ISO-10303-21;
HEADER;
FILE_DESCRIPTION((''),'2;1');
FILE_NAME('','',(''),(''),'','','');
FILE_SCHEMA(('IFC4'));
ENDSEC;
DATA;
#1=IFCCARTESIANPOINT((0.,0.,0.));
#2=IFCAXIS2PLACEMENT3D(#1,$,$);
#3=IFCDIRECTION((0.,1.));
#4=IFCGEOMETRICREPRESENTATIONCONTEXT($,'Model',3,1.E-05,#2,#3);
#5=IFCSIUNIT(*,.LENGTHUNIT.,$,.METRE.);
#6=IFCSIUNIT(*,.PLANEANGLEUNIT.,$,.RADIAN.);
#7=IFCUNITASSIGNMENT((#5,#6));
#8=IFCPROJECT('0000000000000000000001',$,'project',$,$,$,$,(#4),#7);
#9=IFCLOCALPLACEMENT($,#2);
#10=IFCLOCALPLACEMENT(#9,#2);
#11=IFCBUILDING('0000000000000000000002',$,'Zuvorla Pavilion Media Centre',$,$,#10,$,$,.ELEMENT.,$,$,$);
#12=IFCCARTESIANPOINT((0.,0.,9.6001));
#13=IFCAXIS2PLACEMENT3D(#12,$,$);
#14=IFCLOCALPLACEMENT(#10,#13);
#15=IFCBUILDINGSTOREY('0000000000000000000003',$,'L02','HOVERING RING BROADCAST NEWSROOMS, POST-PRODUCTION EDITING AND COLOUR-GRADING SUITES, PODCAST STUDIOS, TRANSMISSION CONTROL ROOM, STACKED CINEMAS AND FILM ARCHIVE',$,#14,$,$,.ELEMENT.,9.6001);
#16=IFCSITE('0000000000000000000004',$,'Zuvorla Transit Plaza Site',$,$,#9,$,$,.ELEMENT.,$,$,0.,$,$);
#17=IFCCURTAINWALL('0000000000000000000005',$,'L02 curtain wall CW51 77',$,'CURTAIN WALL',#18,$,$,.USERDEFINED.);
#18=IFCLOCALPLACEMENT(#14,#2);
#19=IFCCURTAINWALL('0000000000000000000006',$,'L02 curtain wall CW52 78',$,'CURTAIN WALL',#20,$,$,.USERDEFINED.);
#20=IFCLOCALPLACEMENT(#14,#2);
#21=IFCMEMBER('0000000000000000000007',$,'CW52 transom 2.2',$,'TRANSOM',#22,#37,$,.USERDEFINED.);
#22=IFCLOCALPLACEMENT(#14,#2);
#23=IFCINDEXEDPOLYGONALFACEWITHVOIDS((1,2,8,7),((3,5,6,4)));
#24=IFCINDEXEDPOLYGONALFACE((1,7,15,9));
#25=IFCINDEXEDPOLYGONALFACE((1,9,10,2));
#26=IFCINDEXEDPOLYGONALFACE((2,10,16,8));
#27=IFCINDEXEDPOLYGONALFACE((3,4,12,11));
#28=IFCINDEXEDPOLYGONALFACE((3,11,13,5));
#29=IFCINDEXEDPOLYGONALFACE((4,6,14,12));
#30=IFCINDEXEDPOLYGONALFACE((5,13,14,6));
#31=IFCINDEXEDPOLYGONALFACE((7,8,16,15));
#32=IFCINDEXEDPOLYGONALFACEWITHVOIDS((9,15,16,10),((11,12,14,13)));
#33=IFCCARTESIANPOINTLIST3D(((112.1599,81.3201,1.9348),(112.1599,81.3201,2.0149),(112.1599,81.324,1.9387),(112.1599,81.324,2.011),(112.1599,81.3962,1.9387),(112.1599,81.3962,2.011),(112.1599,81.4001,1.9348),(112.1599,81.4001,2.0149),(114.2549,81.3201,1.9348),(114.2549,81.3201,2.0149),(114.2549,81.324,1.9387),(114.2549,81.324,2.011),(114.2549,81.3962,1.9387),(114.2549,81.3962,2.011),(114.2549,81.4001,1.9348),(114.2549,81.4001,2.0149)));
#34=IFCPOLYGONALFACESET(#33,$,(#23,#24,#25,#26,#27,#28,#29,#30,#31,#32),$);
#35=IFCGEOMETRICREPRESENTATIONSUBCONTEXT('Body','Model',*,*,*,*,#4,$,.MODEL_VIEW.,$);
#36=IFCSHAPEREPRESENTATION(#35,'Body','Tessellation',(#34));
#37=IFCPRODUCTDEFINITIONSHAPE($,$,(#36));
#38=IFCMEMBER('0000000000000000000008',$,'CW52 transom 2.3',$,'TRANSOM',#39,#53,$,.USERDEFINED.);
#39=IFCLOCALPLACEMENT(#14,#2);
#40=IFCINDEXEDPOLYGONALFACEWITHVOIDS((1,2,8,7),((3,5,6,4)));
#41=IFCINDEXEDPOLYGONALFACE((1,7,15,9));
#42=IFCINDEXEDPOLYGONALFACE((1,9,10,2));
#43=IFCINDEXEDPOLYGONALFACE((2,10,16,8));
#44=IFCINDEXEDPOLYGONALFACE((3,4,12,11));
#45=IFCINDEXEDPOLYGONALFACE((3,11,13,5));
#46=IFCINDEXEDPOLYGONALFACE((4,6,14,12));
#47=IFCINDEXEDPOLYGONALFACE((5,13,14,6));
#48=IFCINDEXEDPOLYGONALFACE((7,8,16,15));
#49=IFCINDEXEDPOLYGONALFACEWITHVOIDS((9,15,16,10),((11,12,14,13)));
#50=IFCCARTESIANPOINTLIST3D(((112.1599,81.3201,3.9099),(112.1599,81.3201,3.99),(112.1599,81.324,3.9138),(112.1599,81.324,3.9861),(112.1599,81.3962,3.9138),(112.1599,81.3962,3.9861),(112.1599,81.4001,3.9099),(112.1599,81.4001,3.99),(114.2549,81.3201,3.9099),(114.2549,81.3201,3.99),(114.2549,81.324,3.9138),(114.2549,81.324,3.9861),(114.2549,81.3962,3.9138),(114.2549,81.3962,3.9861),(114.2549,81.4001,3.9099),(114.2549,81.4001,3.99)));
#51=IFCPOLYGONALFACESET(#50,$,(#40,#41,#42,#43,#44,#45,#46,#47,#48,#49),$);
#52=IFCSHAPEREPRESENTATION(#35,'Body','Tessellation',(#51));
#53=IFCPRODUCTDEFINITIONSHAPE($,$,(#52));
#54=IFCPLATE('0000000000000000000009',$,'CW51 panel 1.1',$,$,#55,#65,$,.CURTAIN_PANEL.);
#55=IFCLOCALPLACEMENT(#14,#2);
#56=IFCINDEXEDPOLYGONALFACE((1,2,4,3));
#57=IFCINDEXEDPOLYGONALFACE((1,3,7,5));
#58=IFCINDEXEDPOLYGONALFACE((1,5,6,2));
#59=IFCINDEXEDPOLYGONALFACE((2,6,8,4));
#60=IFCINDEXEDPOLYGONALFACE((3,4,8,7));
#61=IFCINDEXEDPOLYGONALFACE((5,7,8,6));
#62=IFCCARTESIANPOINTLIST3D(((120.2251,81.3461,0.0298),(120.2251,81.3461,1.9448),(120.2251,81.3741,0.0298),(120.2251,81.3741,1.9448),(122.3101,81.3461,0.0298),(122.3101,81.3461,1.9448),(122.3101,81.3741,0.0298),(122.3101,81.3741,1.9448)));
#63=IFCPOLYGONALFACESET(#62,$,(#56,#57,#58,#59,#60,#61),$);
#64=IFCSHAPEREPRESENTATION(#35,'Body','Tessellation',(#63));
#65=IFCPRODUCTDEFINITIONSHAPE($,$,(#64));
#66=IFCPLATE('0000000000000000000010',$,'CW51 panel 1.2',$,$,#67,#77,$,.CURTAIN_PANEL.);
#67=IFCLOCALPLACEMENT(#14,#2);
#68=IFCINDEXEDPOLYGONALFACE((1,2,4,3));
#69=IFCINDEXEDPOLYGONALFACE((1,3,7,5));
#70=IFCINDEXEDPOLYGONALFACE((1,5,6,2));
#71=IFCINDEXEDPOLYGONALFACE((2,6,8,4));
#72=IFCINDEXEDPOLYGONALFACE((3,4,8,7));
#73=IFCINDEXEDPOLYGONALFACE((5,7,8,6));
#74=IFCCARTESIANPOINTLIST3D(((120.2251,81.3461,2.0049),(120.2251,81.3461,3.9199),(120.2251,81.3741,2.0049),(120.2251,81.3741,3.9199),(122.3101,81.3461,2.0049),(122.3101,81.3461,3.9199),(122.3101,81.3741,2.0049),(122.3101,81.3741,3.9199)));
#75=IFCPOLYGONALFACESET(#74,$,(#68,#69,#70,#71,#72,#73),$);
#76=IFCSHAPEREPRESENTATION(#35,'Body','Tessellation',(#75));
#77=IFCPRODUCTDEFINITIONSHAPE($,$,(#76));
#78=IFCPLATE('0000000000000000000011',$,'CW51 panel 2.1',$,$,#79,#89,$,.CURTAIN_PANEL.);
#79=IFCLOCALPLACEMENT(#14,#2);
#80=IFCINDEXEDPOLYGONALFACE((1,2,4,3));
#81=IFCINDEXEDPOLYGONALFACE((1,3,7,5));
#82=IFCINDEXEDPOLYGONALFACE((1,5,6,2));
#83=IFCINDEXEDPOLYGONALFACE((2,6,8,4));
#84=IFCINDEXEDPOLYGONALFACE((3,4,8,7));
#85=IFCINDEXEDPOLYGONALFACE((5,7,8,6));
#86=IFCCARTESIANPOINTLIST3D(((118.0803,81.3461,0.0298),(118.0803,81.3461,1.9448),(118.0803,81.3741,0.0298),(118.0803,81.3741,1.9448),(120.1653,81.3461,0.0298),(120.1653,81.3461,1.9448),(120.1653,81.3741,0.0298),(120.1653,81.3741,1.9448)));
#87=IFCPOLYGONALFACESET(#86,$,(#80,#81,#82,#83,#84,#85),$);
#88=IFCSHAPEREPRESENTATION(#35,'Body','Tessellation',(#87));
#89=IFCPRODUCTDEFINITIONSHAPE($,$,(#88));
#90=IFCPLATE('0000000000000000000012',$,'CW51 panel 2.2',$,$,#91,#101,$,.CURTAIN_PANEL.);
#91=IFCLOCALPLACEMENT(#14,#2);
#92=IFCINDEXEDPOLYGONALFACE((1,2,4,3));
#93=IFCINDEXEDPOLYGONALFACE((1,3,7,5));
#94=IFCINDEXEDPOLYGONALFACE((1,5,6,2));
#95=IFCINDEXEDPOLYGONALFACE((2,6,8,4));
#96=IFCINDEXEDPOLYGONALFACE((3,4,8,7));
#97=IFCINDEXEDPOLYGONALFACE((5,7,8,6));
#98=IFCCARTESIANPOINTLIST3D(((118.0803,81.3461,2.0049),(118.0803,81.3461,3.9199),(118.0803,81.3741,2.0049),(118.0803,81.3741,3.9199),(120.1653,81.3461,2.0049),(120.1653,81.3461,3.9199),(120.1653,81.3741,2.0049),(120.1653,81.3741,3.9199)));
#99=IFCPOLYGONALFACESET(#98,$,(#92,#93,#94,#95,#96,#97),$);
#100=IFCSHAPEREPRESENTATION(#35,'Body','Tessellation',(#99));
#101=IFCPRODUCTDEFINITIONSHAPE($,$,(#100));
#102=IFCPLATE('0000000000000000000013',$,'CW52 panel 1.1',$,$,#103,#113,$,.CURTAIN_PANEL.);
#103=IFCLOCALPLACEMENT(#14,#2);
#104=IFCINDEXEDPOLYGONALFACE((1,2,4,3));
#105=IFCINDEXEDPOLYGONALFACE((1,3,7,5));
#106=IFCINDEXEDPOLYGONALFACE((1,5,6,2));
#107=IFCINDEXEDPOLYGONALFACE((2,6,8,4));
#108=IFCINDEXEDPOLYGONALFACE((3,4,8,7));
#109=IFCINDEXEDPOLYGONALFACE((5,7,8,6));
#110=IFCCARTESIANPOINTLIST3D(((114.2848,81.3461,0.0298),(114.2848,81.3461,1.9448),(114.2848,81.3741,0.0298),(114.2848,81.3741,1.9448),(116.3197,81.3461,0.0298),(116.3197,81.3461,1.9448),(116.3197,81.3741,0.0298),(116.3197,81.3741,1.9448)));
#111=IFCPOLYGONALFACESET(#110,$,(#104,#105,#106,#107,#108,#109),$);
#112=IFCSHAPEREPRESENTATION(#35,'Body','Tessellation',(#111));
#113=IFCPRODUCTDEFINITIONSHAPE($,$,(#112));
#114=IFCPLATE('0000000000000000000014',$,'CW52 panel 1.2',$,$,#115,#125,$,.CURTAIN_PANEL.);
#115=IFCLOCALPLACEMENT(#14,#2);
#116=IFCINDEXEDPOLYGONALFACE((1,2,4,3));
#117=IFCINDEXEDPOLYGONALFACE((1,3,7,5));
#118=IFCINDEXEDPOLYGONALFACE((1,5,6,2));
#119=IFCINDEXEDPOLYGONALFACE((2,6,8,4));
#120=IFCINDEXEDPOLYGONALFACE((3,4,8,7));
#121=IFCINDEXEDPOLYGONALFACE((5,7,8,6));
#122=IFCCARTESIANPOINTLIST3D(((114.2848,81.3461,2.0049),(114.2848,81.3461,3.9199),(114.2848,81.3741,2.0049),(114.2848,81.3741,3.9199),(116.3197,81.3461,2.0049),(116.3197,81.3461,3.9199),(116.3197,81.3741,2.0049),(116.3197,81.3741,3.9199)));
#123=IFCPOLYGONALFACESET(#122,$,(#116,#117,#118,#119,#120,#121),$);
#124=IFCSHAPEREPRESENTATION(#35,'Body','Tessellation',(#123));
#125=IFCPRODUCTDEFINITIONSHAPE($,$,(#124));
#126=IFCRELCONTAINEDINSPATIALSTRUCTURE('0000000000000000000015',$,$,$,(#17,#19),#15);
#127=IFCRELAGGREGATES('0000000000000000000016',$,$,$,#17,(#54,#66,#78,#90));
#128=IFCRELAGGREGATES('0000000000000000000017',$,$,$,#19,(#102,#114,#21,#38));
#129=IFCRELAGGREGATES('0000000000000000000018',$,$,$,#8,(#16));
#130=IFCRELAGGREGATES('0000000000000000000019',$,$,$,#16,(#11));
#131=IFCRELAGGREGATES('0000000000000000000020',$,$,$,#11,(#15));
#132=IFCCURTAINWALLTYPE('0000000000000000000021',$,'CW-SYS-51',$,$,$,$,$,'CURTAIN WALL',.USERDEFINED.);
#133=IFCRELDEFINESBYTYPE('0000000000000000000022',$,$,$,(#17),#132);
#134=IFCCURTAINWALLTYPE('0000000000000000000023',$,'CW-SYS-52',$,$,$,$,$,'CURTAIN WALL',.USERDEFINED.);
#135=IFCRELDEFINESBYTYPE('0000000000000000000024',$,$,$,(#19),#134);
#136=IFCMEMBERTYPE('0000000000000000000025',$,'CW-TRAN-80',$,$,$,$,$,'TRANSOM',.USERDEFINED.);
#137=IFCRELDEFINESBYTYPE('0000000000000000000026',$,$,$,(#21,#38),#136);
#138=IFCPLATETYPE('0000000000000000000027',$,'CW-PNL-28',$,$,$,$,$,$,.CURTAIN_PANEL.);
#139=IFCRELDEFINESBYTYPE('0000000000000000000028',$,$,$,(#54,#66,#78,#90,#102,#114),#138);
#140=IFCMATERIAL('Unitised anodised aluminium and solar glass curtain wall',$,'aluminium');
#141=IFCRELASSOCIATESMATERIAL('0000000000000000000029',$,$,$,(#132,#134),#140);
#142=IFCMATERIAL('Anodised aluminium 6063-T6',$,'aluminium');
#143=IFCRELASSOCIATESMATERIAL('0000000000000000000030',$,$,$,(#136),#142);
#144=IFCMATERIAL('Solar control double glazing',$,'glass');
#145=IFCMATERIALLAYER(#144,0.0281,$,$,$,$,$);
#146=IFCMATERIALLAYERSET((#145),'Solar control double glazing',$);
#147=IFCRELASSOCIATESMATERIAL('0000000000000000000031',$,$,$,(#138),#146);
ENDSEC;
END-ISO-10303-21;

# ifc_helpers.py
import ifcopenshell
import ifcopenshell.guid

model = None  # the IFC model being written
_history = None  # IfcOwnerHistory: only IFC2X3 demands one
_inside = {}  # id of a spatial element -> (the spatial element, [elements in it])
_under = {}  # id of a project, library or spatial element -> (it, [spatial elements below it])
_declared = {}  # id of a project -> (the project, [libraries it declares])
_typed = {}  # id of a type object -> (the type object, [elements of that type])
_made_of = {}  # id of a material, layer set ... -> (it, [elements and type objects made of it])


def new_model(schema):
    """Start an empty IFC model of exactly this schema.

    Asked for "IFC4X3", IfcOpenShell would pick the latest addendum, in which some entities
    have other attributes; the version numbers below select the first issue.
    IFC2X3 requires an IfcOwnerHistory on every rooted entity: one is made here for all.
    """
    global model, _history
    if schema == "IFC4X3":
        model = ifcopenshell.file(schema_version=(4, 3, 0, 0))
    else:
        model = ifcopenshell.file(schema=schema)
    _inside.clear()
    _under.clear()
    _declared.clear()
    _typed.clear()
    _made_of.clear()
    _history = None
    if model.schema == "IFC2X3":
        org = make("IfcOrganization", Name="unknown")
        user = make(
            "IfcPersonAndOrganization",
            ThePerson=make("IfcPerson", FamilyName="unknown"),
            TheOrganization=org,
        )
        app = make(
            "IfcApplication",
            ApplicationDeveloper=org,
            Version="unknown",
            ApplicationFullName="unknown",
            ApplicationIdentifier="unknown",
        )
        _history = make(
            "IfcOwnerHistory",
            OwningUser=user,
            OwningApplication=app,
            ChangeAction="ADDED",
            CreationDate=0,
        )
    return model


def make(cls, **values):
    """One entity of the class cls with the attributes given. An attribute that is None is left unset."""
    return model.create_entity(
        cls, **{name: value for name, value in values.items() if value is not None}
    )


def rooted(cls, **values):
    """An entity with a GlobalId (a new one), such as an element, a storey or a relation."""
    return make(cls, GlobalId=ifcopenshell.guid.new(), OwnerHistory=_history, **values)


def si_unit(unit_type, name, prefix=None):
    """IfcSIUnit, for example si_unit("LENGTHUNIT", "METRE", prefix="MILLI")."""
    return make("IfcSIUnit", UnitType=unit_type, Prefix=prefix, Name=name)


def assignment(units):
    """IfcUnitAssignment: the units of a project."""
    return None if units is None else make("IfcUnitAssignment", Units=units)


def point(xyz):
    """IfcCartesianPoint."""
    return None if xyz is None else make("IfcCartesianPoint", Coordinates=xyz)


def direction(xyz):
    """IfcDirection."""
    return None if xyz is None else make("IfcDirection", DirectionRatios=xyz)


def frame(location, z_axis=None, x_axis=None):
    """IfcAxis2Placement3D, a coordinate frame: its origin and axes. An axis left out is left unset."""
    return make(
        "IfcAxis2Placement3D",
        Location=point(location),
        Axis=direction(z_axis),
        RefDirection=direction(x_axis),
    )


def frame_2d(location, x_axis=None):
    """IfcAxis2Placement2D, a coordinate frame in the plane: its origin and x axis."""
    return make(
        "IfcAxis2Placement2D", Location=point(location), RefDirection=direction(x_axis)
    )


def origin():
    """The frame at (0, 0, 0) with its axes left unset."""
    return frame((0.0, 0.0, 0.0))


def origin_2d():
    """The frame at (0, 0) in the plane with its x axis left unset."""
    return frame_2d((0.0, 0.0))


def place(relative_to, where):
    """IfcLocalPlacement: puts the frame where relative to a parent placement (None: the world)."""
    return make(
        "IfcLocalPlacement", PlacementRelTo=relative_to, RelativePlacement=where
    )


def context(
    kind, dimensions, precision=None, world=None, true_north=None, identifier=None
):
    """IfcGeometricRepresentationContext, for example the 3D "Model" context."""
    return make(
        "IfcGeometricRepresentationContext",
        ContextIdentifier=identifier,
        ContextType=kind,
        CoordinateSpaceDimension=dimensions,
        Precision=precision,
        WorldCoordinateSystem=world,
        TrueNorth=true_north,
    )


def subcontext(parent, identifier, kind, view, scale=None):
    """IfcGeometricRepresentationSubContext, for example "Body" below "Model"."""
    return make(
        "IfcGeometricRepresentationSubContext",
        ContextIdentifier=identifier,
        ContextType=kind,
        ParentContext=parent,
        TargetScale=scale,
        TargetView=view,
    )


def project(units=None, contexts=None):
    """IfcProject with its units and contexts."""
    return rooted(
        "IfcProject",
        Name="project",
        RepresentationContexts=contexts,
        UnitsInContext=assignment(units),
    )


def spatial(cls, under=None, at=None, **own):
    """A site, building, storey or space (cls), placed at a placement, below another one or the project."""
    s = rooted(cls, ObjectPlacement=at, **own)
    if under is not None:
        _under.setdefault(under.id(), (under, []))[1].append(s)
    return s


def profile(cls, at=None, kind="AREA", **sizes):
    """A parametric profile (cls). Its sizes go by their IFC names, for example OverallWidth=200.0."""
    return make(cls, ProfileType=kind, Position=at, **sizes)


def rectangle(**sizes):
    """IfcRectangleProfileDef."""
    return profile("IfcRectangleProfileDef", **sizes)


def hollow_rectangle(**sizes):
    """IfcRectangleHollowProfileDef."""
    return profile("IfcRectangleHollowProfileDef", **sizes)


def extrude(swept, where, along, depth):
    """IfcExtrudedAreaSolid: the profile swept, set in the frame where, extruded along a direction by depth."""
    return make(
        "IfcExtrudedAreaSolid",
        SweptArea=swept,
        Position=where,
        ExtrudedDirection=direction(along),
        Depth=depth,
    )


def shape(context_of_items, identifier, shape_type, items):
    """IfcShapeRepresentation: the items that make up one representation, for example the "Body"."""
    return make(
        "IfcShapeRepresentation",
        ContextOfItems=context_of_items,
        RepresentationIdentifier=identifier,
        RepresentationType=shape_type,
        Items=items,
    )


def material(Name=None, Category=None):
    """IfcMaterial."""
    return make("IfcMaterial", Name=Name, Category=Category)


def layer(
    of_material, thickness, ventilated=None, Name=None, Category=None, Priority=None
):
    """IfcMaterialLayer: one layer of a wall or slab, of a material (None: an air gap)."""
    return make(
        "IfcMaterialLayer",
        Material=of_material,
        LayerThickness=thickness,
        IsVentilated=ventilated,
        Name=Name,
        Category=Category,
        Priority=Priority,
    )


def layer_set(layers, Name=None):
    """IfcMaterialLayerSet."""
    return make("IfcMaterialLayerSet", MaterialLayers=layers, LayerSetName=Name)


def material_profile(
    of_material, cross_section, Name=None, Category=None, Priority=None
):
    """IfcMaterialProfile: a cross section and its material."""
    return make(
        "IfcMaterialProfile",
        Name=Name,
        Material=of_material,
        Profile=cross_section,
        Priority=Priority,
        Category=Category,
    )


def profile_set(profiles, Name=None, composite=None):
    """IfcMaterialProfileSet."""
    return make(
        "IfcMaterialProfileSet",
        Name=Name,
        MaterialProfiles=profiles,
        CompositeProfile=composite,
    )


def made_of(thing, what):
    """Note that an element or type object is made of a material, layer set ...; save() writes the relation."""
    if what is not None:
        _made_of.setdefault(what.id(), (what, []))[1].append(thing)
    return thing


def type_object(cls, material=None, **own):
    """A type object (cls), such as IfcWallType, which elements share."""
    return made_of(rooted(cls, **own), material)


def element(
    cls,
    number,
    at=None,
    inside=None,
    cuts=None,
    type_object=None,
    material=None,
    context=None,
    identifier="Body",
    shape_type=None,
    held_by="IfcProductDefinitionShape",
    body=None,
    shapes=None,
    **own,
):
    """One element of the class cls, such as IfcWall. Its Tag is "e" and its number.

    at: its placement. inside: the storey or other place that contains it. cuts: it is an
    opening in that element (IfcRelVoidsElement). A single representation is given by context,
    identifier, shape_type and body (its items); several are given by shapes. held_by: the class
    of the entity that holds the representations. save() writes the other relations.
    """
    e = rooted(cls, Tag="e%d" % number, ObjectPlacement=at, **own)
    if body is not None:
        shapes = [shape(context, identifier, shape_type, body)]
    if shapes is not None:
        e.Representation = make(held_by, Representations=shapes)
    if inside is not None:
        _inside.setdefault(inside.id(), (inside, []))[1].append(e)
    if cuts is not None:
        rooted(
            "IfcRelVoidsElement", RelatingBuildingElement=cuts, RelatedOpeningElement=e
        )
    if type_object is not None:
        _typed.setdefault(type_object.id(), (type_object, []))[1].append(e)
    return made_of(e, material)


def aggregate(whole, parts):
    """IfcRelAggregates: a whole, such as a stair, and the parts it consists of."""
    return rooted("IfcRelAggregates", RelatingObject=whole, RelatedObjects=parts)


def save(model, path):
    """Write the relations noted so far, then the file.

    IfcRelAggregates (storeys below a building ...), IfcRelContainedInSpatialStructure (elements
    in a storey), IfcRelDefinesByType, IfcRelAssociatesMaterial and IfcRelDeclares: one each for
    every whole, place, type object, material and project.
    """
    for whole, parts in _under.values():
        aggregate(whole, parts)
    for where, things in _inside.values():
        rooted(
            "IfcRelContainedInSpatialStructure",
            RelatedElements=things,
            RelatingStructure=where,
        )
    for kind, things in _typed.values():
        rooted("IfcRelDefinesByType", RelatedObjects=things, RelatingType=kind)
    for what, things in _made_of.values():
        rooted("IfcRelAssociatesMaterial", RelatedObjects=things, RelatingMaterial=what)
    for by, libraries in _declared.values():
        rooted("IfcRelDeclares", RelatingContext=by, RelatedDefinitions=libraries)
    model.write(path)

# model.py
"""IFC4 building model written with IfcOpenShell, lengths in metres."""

from ifc_helpers import new_model, si_unit, direction, frame, origin, origin_2d, place, context, subcontext, project, spatial, rectangle, hollow_rectangle, extrude, material, layer, layer_set, material_profile, profile_set, type_object, element, aggregate, save


model = new_model("IFC4")

# Units and contexts
model_context = context("Model", 3, precision=1e-05, world=origin(), true_north=direction((0.0, 1.0)))
body_context = subcontext(model_context, "Body", "Model", "MODEL_VIEW")
ifc_project = project(units=[si_unit("LENGTHUNIT", "METRE"), si_unit("PLANEANGLEUNIT", "RADIAN")], contexts=[model_context])

# Site, building, storey
site_placement = place(None, origin())
site = spatial("IfcSite", under=ifc_project, at=site_placement, Name="Zuvorla Transit Plaza Site", CompositionType="ELEMENT", RefElevation=0.0)
building_placement = place(site_placement, origin())
building = spatial("IfcBuilding", under=site, at=building_placement, Name="Zuvorla Pavilion Media Centre", CompositionType="ELEMENT")
storey_placement = place(building_placement, frame((0.0, 0.0, 9.6001)))
storey = spatial("IfcBuildingStorey", under=building, at=storey_placement, Name="L02", Description="HOVERING RING BROADCAST NEWSROOMS, POST-PRODUCTION EDITING AND COLOUR-GRADING SUITES, PODCAST STUDIOS, TRANSMISSION CONTROL ROOM, STACKED CINEMAS AND FILM ARCHIVE", CompositionType="ELEMENT", Elevation=9.6001)

# Curtain walls
ifc_material_1 = material(Name="Unitised anodised aluminium and solar glass curtain wall", Category="aluminium")
curtain_wall_type_1 = type_object("IfcCurtainWallType", Name="CW-SYS-51", ElementType="CURTAIN WALL", PredefinedType="USERDEFINED", material=ifc_material_1)
curtain_wall_1_placement = place(storey_placement, origin())
curtain_wall_1 = element("IfcCurtainWall", 1, at=curtain_wall_1_placement, inside=storey, type_object=curtain_wall_type_1, Name="L02 curtain wall CW51 77", ObjectType="CURTAIN WALL", PredefinedType="USERDEFINED")
ifc_material_2 = material(Name="Anodised aluminium 6063-T6", Category="aluminium")
curtain_wall_type_2 = type_object("IfcCurtainWallType", Name="CW-SYS-52", ElementType="CURTAIN WALL", PredefinedType="USERDEFINED", material=ifc_material_1)
curtain_wall_2_placement = place(storey_placement, origin())
curtain_wall_2 = element("IfcCurtainWall", 2, at=curtain_wall_2_placement, inside=storey, type_object=curtain_wall_type_2, Name="L02 curtain wall CW52 78", ObjectType="CURTAIN WALL", PredefinedType="USERDEFINED")

# Members
ifc_material_profile_1 = material_profile(ifc_material_2, hollow_rectangle(XDim=0.0801, YDim=0.0801, WallThickness=0.0039, at=origin_2d()), Name="ALU TRAN 80x80")
ifc_profile_set_1 = profile_set([ifc_material_profile_1], Name="Anodised aluminium 6063-T6")
member_type_1 = type_object("IfcMemberType", Name="CW-TRAN-80", ElementType="TRANSOM", PredefinedType="USERDEFINED", material=ifc_profile_set_1)
member_1_placement = place(storey_placement, frame((114.2549, 81.3601, 1.9749), z_axis=(-1.0, 0.0, 0.0), x_axis=(0.0, -1.0, 0.0)))
member_1 = element("IfcMember", 3, at=member_1_placement, type_object=member_type_1, Name="CW52 transom 2.2", ObjectType="TRANSOM", PredefinedType="USERDEFINED", context=body_context, shape_type="SweptSolid", body=[
    extrude(hollow_rectangle(XDim=0.0801, YDim=0.0801, WallThickness=0.0039, at=origin_2d()), origin(), (0.0, 0.0, 1.0), 2.095),
])
member_2_placement = place(storey_placement, frame((114.2549, 81.3601, 3.95), z_axis=(-1.0, 0.0, 0.0), x_axis=(0.0, -1.0, 0.0)))
member_2 = element("IfcMember", 4, at=member_2_placement, type_object=member_type_1, Name="CW52 transom 2.3", ObjectType="TRANSOM", PredefinedType="USERDEFINED", context=body_context, shape_type="SweptSolid", body=[
    extrude(hollow_rectangle(XDim=0.0801, YDim=0.0801, WallThickness=0.0039, at=origin_2d()), origin(), (0.0, 0.0, 1.0), 2.095),
])

# Plates
ifc_material_3 = material(Name="Solar control double glazing", Category="glass")
ifc_layer = layer(ifc_material_3, 0.0281)
ifc_layer_set = layer_set([ifc_layer], Name="Solar control double glazing")
plate_type = type_object("IfcPlateType", Name="CW-PNL-28", PredefinedType="CURTAIN_PANEL", material=ifc_layer_set)
plate_1_placement = place(storey_placement, frame((121.2676, 81.3601, 0.0298), z_axis=(0.0, 0.0, 1.0), x_axis=(-1.0, 0.0, 0.0)))
plate_1 = element("IfcPlate", 5, at=plate_1_placement, type_object=plate_type, Name="CW51 panel 1.1", PredefinedType="CURTAIN_PANEL", context=body_context, shape_type="SweptSolid", body=[
    extrude(rectangle(XDim=2.085, YDim=0.0281, at=origin_2d()), origin(), (0.0, 0.0, 1.0), 1.915),
])
plate_2_placement = place(storey_placement, frame((121.2676, 81.3601, 2.0049), z_axis=(0.0, 0.0, 1.0), x_axis=(-1.0, 0.0, 0.0)))
plate_2 = element("IfcPlate", 6, at=plate_2_placement, type_object=plate_type, Name="CW51 panel 1.2", PredefinedType="CURTAIN_PANEL", context=body_context, shape_type="SweptSolid", body=[
    extrude(rectangle(XDim=2.085, YDim=0.0281, at=origin_2d()), origin(), (0.0, 0.0, 1.0), 1.915),
])
plate_3_placement = place(storey_placement, frame((119.1228, 81.3601, 0.0298), z_axis=(0.0, 0.0, 1.0), x_axis=(-1.0, 0.0, 0.0)))
plate_3 = element("IfcPlate", 7, at=plate_3_placement, type_object=plate_type, Name="CW51 panel 2.1", PredefinedType="CURTAIN_PANEL", context=body_context, shape_type="SweptSolid", body=[
    extrude(rectangle(XDim=2.085, YDim=0.0281, at=origin_2d()), origin(), (0.0, 0.0, 1.0), 1.915),
])
plate_4_placement = place(storey_placement, frame((119.1228, 81.3601, 2.0049), z_axis=(0.0, 0.0, 1.0), x_axis=(-1.0, 0.0, 0.0)))
plate_4 = element("IfcPlate", 8, at=plate_4_placement, type_object=plate_type, Name="CW51 panel 2.2", PredefinedType="CURTAIN_PANEL", context=body_context, shape_type="SweptSolid", body=[
    extrude(rectangle(XDim=2.085, YDim=0.0281, at=origin_2d()), origin(), (0.0, 0.0, 1.0), 1.915),
])
aggregate(curtain_wall_1, [plate_1, plate_2, plate_3, plate_4])
plate_5_placement = place(storey_placement, frame((115.3022, 81.3601, 0.0298), z_axis=(0.0, 0.0, 1.0), x_axis=(-1.0, 0.0, 0.0)))
plate_5 = element("IfcPlate", 9, at=plate_5_placement, type_object=plate_type, Name="CW52 panel 1.1", PredefinedType="CURTAIN_PANEL", context=body_context, shape_type="SweptSolid", body=[
    extrude(rectangle(XDim=2.0349, YDim=0.0281, at=origin_2d()), origin(), (0.0, 0.0, 1.0), 1.915),
])
plate_6_placement = place(storey_placement, frame((115.3022, 81.3601, 2.0049), z_axis=(0.0, 0.0, 1.0), x_axis=(-1.0, 0.0, 0.0)))
plate_6 = element("IfcPlate", 10, at=plate_6_placement, type_object=plate_type, Name="CW52 panel 1.2", PredefinedType="CURTAIN_PANEL", context=body_context, shape_type="SweptSolid", body=[
    extrude(rectangle(XDim=2.0349, YDim=0.0281, at=origin_2d()), origin(), (0.0, 0.0, 1.0), 1.915),
])
aggregate(curtain_wall_2, [plate_5, plate_6, member_1, member_2])

save(model, "model.ifc")
